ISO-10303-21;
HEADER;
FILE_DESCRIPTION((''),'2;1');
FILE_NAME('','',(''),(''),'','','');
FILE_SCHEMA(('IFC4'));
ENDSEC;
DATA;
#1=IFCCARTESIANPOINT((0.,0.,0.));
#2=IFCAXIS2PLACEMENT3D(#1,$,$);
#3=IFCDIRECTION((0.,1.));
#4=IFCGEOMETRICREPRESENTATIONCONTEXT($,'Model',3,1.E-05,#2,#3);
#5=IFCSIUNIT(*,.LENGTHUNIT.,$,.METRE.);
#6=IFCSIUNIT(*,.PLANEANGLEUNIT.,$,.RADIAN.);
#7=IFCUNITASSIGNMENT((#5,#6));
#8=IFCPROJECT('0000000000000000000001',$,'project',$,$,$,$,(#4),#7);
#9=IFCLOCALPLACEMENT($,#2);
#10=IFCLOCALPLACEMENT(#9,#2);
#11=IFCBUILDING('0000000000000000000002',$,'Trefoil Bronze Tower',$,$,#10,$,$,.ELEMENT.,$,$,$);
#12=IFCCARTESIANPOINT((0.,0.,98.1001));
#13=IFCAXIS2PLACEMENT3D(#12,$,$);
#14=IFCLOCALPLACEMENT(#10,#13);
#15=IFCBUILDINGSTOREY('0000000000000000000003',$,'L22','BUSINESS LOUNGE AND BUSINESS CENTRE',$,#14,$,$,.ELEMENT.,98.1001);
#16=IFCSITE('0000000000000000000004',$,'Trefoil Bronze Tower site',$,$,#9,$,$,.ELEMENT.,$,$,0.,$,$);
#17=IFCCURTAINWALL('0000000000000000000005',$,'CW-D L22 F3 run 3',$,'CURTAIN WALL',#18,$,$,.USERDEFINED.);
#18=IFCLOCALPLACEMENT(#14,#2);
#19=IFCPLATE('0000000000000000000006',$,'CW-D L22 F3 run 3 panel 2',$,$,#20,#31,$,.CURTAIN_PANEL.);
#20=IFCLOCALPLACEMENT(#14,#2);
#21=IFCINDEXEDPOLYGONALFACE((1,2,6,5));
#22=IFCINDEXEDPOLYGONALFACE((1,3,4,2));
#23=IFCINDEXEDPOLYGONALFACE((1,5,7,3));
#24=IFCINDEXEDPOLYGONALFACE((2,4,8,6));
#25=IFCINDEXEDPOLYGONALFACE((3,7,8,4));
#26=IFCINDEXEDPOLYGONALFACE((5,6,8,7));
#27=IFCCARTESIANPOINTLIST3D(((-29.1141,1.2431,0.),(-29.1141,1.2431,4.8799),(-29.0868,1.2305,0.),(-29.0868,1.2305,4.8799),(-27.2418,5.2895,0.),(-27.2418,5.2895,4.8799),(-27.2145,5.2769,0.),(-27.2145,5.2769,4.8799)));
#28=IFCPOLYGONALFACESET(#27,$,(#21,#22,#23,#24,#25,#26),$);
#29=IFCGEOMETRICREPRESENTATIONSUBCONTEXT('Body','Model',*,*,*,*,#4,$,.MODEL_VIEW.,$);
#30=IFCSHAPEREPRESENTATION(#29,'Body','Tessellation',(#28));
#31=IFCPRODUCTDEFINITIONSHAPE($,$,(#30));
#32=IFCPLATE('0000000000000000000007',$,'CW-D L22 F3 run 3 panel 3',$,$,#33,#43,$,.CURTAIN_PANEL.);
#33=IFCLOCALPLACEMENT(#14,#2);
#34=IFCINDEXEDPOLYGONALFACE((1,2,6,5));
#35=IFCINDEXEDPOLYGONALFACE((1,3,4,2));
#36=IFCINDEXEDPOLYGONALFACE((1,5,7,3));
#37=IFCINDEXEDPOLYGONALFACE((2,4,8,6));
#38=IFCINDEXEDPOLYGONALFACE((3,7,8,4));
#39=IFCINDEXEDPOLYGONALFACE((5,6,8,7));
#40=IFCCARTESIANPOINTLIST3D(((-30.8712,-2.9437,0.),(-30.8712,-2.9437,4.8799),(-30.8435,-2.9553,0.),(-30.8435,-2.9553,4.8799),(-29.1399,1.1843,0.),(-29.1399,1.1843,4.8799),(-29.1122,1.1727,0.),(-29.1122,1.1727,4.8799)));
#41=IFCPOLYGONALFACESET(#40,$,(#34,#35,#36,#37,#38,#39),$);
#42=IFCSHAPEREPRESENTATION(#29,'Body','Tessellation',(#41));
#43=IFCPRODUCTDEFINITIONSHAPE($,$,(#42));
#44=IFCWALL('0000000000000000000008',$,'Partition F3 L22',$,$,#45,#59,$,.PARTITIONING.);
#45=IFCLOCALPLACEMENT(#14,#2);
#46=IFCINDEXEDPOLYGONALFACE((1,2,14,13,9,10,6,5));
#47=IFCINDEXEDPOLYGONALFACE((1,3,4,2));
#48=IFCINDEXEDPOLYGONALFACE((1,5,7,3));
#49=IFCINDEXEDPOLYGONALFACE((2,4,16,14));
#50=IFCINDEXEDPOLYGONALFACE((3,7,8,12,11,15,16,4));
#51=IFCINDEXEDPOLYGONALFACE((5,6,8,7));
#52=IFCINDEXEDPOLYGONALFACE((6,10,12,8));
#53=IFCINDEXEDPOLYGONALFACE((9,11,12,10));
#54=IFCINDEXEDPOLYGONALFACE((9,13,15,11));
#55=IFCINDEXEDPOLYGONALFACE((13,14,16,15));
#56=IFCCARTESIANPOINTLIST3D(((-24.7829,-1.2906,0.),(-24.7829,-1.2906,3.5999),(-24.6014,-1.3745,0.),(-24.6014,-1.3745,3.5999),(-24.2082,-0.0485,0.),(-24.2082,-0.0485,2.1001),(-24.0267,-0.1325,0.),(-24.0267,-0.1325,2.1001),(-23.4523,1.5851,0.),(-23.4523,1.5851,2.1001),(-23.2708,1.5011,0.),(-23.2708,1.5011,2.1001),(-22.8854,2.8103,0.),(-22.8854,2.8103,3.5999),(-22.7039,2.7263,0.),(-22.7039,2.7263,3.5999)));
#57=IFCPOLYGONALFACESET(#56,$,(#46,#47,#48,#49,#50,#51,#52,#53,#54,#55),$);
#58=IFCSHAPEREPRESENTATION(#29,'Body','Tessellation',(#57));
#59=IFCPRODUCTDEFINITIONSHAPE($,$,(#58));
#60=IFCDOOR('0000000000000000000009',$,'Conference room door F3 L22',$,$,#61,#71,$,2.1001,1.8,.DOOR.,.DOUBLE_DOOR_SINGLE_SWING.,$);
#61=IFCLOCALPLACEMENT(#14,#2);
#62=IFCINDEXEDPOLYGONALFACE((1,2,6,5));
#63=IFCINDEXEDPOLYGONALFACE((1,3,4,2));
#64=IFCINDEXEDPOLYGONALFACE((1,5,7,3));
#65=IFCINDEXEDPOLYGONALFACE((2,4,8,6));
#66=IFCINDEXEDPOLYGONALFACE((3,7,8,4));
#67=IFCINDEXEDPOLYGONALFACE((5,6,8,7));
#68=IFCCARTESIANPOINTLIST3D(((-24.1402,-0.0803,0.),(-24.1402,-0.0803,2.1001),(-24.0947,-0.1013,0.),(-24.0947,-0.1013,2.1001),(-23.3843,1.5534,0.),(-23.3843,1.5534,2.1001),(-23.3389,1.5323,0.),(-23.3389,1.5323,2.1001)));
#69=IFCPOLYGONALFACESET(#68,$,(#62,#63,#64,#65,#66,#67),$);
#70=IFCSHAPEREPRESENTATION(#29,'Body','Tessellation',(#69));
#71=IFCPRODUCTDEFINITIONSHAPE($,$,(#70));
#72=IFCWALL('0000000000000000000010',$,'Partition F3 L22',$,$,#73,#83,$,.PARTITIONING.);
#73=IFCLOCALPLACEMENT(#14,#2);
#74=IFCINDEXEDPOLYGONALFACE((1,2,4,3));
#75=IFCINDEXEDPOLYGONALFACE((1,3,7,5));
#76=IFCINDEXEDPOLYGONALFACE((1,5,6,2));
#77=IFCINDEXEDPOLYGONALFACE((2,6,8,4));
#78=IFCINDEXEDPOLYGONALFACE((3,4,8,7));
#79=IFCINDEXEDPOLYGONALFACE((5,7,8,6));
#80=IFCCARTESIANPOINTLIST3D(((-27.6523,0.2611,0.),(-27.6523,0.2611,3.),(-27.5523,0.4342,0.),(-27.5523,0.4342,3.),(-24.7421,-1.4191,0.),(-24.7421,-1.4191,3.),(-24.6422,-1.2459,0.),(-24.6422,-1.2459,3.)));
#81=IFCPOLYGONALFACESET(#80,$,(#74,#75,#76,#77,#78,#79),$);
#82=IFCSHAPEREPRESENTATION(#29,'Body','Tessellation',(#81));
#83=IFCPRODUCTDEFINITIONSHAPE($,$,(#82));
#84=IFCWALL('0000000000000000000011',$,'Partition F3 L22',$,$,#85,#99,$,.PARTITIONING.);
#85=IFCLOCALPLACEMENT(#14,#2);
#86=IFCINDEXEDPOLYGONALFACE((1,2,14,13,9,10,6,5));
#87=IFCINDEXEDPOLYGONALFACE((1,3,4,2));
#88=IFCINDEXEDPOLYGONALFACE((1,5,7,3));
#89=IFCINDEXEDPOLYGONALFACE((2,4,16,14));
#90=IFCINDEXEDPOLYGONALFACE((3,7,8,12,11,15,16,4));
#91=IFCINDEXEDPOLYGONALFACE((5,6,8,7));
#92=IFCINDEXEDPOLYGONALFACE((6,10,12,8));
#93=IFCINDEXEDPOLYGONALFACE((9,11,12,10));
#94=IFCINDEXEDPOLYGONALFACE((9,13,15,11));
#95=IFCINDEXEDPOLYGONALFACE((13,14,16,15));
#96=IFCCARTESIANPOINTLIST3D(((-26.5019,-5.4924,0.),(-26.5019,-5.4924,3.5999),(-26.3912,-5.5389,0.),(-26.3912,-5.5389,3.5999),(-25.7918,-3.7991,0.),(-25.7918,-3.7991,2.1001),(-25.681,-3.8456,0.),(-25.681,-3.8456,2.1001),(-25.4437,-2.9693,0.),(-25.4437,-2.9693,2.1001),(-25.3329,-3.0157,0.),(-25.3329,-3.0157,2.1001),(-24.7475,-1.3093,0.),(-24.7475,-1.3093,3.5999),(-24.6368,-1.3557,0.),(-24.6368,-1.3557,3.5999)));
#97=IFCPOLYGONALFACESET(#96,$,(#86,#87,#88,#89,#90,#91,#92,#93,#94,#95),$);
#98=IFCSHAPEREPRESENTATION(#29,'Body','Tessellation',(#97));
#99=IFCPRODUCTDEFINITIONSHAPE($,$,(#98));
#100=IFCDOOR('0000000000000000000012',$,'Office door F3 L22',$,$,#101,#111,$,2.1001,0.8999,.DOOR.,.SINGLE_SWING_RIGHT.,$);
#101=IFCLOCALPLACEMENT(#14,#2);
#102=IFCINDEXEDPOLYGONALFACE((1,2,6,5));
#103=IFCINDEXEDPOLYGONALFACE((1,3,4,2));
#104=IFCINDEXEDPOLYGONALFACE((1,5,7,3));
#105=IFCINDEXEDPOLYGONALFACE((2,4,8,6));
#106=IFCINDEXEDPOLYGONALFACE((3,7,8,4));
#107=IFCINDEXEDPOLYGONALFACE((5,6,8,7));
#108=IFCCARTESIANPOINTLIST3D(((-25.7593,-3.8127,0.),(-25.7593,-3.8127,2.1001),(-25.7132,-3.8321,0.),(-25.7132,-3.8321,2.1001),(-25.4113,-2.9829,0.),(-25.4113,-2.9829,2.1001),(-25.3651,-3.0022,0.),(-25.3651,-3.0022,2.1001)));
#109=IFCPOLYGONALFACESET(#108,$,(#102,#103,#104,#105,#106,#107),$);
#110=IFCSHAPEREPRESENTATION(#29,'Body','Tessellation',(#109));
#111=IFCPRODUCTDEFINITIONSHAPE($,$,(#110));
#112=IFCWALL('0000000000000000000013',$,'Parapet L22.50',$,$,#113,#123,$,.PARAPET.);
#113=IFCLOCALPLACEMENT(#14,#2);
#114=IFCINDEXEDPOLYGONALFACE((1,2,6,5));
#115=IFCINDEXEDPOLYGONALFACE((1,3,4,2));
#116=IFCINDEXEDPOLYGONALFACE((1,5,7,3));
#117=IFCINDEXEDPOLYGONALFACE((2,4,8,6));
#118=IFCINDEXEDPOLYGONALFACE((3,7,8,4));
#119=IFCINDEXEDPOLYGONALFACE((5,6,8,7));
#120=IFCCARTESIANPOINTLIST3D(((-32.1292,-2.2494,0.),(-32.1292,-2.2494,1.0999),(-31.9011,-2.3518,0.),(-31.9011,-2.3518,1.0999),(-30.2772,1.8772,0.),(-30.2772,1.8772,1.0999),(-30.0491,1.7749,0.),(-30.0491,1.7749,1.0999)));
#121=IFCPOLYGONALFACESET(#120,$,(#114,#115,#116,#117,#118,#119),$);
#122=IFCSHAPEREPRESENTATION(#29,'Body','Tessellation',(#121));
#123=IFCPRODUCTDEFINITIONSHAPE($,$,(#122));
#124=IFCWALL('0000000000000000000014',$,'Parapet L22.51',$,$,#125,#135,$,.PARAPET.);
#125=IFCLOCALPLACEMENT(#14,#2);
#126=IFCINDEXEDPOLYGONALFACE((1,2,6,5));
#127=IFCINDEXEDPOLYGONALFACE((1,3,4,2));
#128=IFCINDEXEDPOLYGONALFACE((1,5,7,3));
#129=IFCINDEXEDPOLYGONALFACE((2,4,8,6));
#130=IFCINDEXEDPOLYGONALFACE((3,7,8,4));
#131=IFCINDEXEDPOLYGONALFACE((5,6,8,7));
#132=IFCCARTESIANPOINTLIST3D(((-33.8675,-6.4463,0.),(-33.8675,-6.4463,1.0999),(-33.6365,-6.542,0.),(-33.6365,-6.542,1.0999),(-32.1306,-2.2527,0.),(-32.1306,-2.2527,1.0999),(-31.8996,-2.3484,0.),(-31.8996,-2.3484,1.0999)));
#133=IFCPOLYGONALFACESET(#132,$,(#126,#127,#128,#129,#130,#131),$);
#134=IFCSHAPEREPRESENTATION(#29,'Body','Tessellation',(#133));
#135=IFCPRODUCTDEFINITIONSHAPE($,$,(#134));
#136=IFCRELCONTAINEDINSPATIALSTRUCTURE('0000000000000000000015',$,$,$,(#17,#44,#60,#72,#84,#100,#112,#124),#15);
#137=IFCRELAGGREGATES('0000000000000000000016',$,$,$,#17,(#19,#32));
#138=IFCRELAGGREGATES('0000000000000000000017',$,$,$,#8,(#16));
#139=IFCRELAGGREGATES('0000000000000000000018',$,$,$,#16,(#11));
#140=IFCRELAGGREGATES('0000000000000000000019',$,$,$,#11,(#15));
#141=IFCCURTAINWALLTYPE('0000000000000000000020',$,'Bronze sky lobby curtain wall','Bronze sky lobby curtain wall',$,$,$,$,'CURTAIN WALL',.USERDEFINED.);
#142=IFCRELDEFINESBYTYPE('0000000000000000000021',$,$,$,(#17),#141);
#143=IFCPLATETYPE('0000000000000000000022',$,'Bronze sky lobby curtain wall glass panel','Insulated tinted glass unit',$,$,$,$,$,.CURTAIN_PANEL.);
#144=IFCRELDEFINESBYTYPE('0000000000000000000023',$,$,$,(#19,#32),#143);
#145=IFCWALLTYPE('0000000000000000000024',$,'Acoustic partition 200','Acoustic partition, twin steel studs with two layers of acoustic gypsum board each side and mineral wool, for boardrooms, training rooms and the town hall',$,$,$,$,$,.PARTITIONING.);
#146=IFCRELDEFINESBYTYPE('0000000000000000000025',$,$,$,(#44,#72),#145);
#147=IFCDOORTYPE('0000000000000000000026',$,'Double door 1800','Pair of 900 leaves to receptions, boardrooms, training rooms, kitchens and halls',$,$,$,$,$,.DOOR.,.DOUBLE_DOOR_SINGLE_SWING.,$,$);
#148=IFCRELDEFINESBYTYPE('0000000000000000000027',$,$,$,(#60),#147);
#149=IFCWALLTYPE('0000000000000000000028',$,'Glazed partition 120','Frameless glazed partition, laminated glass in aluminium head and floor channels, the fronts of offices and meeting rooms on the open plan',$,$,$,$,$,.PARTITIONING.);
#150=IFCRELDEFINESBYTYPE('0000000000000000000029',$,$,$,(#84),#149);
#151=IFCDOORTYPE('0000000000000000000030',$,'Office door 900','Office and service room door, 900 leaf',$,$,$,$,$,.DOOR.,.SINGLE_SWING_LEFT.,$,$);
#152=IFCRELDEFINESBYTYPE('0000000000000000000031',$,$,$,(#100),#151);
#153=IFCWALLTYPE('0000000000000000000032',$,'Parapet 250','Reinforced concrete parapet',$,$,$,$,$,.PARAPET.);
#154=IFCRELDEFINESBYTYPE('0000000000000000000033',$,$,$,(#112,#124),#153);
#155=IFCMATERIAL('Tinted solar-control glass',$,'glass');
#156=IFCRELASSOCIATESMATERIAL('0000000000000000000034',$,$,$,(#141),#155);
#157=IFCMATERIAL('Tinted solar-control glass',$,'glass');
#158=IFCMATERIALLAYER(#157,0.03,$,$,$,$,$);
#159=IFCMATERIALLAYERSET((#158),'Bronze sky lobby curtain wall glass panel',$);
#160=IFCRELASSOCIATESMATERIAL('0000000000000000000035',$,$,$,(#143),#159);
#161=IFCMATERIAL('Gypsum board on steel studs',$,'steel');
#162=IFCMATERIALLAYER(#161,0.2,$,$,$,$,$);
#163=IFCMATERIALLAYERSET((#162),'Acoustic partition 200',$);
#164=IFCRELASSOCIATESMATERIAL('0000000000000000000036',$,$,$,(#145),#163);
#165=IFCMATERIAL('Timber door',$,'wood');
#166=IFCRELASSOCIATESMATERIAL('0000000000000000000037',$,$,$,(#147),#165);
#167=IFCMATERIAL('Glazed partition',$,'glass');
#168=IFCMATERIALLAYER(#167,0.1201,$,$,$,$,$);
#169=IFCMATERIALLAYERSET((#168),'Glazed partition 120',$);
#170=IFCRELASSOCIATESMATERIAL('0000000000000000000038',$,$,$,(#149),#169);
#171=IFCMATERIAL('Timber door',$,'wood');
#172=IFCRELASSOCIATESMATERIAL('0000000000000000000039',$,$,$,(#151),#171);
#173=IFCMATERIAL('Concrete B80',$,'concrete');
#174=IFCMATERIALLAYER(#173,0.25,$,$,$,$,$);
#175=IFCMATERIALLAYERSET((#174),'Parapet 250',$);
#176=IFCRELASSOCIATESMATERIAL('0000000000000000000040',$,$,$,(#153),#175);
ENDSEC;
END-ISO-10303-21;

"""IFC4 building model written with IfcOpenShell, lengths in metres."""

from ifc_helpers import new_model, si_unit, direction, frame, frame_2d, origin, origin_2d, place, context, subcontext, project, spatial, rectangle, extrude, material, layer, layer_set, type_object, element, fill, aggregate, save


model = new_model("IFC4")

# Units and contexts
model_context = context("Model", 3, precision=1e-05, world=origin(), true_north=direction((0.0, 1.0)))
body_context = subcontext(model_context, "Body", "Model", "MODEL_VIEW")
ifc_project = project(units=[si_unit("LENGTHUNIT", "METRE"), si_unit("PLANEANGLEUNIT", "RADIAN")], contexts=[model_context])

# Site, building, storey
site_placement = place(None, origin())
site = spatial("IfcSite", under=ifc_project, at=site_placement, Name="Trefoil Bronze Tower site", CompositionType="ELEMENT", RefElevation=0.0)
building_placement = place(site_placement, origin())
building = spatial("IfcBuilding", under=site, at=building_placement, Name="Trefoil Bronze Tower", CompositionType="ELEMENT")
storey_placement = place(building_placement, frame((0.0, 0.0, 98.1001)))
storey = spatial("IfcBuildingStorey", under=building, at=storey_placement, Name="L22", Description="BUSINESS LOUNGE AND BUSINESS CENTRE", CompositionType="ELEMENT", Elevation=98.1001)

# Curtain wall
ifc_material_1 = material(Name="Tinted solar-control glass", Category="glass")
curtain_wall_type = type_object("IfcCurtainWallType", Name="Bronze sky lobby curtain wall", Description="Bronze sky lobby curtain wall", ElementType="CURTAIN WALL", PredefinedType="USERDEFINED", material=ifc_material_1)
curtain_wall_placement = place(storey_placement, origin())
curtain_wall = element("IfcCurtainWall", 1, at=curtain_wall_placement, inside=storey, type_object=curtain_wall_type, Name="CW-D L22 F3 run 3", ObjectType="CURTAIN WALL", PredefinedType="USERDEFINED")

# Plates
ifc_material_2 = material(Name="Tinted solar-control glass", Category="glass")
ifc_layer_1 = layer(ifc_material_2, 0.03)
ifc_layer_set_1 = layer_set([ifc_layer_1], Name="Bronze sky lobby curtain wall glass panel")
plate_type = type_object("IfcPlateType", Name="Bronze sky lobby curtain wall glass panel", Description="Insulated tinted glass unit", PredefinedType="CURTAIN_PANEL", material=ifc_layer_set_1)
plate_1_placement = place(storey_placement, frame((-28.1643, 3.26, 0.0), z_axis=(0.0, 0.0, 1.0), x_axis=(-0.419933, -0.907555, 0.0)))
plate_1 = element("IfcPlate", 2, at=plate_1_placement, type_object=plate_type, Name="CW-D L22 F3 run 3 panel 2", PredefinedType="CURTAIN_PANEL", context=body_context, shape_type="SweptSolid", body=[
    extrude(rectangle(XDim=4.4585, YDim=0.03, at=origin_2d()), origin(), (0.0, 0.0, 1.0), 4.8799),
])
plate_2_placement = place(storey_placement, frame((-29.9917, -0.8855, 0.0), z_axis=(0.0, 0.0, 1.0), x_axis=(-0.386759, -0.922181, 0.0)))
plate_2 = element("IfcPlate", 3, at=plate_2_placement, type_object=plate_type, Name="CW-D L22 F3 run 3 panel 3", PredefinedType="CURTAIN_PANEL", context=body_context, shape_type="SweptSolid", body=[
    extrude(rectangle(XDim=4.4763, YDim=0.03, at=origin_2d()), origin(), (0.0, 0.0, 1.0), 4.8799),
])
aggregate(curtain_wall, [plate_1, plate_2])

# Wall, opening, door
ifc_material_3 = material(Name="Gypsum board on steel studs", Category="steel")
ifc_layer_2 = layer(ifc_material_3, 0.2)
ifc_layer_set_2 = layer_set([ifc_layer_2], Name="Acoustic partition 200")
wall_type_1 = type_object("IfcWallType", Name="Acoustic partition 200", Description="Acoustic partition, twin steel studs with two layers of acoustic gypsum board each side and mineral wool, for boardrooms, training rooms and the town hall", PredefinedType="PARTITIONING", material=ifc_layer_set_2)
wall_1_placement = place(storey_placement, frame((-22.7947, 2.7683, 0.0), z_axis=(0.0, 0.0, 1.0), x_axis=(-0.419928, -0.907557, 0.0)))
wall_1 = element("IfcWall", 4, at=wall_1_placement, inside=storey, type_object=wall_type_1, Name="Partition F3 L22", PredefinedType="PARTITIONING", context=body_context, shape_type="SweptSolid", body=[
    extrude(rectangle(XDim=4.5186, YDim=0.2, at=frame_2d((2.2593, 0.0))), origin(), (0.0, 0.0, 1.0), 3.5999),
])
opening_1_placement = place(wall_1_placement, frame((1.3501, 0.0, 0.0)))
opening_1 = element("IfcOpeningElement", 5, at=opening_1_placement, cuts=wall_1, PredefinedType="OPENING", context=body_context, shape_type="SweptSolid", body=[
    extrude(rectangle(XDim=1.8, YDim=2.1001, at=frame_2d((0.8999, 1.05))), frame((0.0, 0.1099, 0.0), z_axis=(0.0, -1.0, 0.0), x_axis=(1.0, 0.0, 0.0)), (0.0, 0.0, 1.0), 0.22),
])
ifc_material_4 = material(Name="Timber door", Category="wood")
door_type_1 = type_object("IfcDoorType", Name="Double door 1800", Description="Pair of 900 leaves to receptions, boardrooms, training rooms, kitchens and halls", OperationType="DOUBLE_DOOR_SINGLE_SWING", PredefinedType="DOOR", material=ifc_material_4)
door_1_placement = place(opening_1_placement, frame((1.8, 0.0, 0.0), z_axis=(0.0, 0.0, 1.0), x_axis=(-1.0, 0.0, 0.0)))
door_1 = element("IfcDoor", 6, at=door_1_placement, inside=storey, type_object=door_type_1, Name="Conference room door F3 L22", OperationType="DOUBLE_DOOR_SINGLE_SWING", OverallHeight=2.1001, OverallWidth=1.8, PredefinedType="DOOR", context=body_context, shape_type="SweptSolid", body=[
    extrude(rectangle(XDim=1.8, YDim=2.1001, at=frame_2d((0.8999, 1.05))), frame((0.0, 0.0249, 0.0), z_axis=(0.0, -1.0, 0.0), x_axis=(1.0, 0.0, 0.0)), (0.0, 0.0, 1.0), 0.05),
])
fill(opening_1, door_1)

# Wall
wall_2_placement = place(storey_placement, frame((-24.6921, -1.3325, 0.0), z_axis=(0.0, 0.0, 1.0), x_axis=(-0.866026, 0.499999, 0.0)))
element("IfcWall", 7, at=wall_2_placement, inside=storey, type_object=wall_type_1, Name="Partition F3 L22", PredefinedType="PARTITIONING", context=body_context, shape_type="SweptSolid", body=[
    extrude(rectangle(XDim=3.3604, YDim=0.2, at=frame_2d((1.6802, 0.0))), origin(), (0.0, 0.0, 1.0), 3.0),
])

# Wall, opening, door
ifc_material_5 = material(Name="Glazed partition", Category="glass")
ifc_layer_3 = layer(ifc_material_5, 0.1201)
ifc_layer_set_3 = layer_set([ifc_layer_3], Name="Glazed partition 120")
wall_type_2 = type_object("IfcWallType", Name="Glazed partition 120", Description="Frameless glazed partition, laminated glass in aluminium head and floor channels, the fronts of offices and meeting rooms on the open plan", PredefinedType="PARTITIONING", material=ifc_layer_set_3)
wall_3_placement = place(storey_placement, frame((-24.6921, -1.3325, 0.0), z_axis=(0.0, 0.0, 1.0), x_axis=(-0.386762, -0.92218, 0.0)))
wall_3 = element("IfcWall", 8, at=wall_3_placement, inside=storey, type_object=wall_type_2, Name="Partition F3 L22", PredefinedType="PARTITIONING", context=body_context, shape_type="SweptSolid", body=[
    extrude(rectangle(XDim=4.5361, YDim=0.1201, at=frame_2d((2.2681, 0.0))), origin(), (0.0, 0.0, 1.0), 3.5999),
])
opening_2_placement = place(wall_3_placement, frame((1.8, 0.0, 0.0)))
opening_2 = element("IfcOpeningElement", 9, at=opening_2_placement, cuts=wall_3, PredefinedType="OPENING", context=body_context, shape_type="SweptSolid", body=[
    extrude(rectangle(XDim=0.8999, YDim=2.1001, at=frame_2d((0.45, 1.05))), frame((0.0, 0.0701, 0.0), z_axis=(0.0, -1.0, 0.0), x_axis=(1.0, 0.0, 0.0)), (0.0, 0.0, 1.0), 0.1401),
])
ifc_material_6 = material(Name="Timber door", Category="wood")
door_type_2 = type_object("IfcDoorType", Name="Office door 900", Description="Office and service room door, 900 leaf", OperationType="SINGLE_SWING_LEFT", PredefinedType="DOOR", material=ifc_material_6)
door_2_placement = place(opening_2_placement, frame((0.8999, 0.0, 0.0), z_axis=(0.0, 0.0, 1.0), x_axis=(-1.0, 0.0, 0.0)))
door_2 = element("IfcDoor", 10, at=door_2_placement, inside=storey, type_object=door_type_2, Name="Office door F3 L22", OperationType="SINGLE_SWING_RIGHT", OverallHeight=2.1001, OverallWidth=0.8999, PredefinedType="DOOR", context=body_context, shape_type="SweptSolid", body=[
    extrude(rectangle(XDim=0.8999, YDim=2.1001, at=frame_2d((0.45, 1.05))), frame((0.0, 0.0249, 0.0), z_axis=(0.0, -1.0, 0.0), x_axis=(1.0, 0.0, 0.0)), (0.0, 0.0, 1.0), 0.05),
])
fill(opening_2, door_2)

# Walls
ifc_material_7 = material(Name="Concrete B80", Category="concrete")
ifc_layer_4 = layer(ifc_material_7, 0.25)
ifc_layer_set_4 = layer_set([ifc_layer_4], Name="Parapet 250")
wall_type_3 = type_object("IfcWallType", Name="Parapet 250", Description="Reinforced concrete parapet", PredefinedType="PARAPET", material=ifc_layer_set_4)
wall_4_placement = place(storey_placement, frame((-30.1631, 1.8262, 0.0), z_axis=(0.0, 0.0, 1.0), x_axis=(-0.409451, -0.912332, 0.0)))
element("IfcWall", 11, at=wall_4_placement, inside=storey, type_object=wall_type_3, Name="Parapet L22.50", PredefinedType="PARAPET", context=body_context, shape_type="SweptSolid", body=[
    extrude(rectangle(XDim=4.5232, YDim=0.25, at=frame_2d((2.2617, 0.0))), origin(), (0.0, 0.0, 1.0), 1.0999),
])
wall_5_placement = place(storey_placement, frame((-32.0151, -2.3005, 0.0), z_axis=(0.0, 0.0, 1.0), x_axis=(-0.38264, -0.923898, 0.0)))
element("IfcWall", 12, at=wall_5_placement, inside=storey, type_object=wall_type_3, Name="Parapet L22.51", PredefinedType="PARAPET", context=body_context, shape_type="SweptSolid", body=[
    extrude(rectangle(XDim=4.5391, YDim=0.25, at=frame_2d((2.2695, 0.0))), origin(), (0.0, 0.0, 1.0), 1.0999),
])

save(model, "model.ifc")
